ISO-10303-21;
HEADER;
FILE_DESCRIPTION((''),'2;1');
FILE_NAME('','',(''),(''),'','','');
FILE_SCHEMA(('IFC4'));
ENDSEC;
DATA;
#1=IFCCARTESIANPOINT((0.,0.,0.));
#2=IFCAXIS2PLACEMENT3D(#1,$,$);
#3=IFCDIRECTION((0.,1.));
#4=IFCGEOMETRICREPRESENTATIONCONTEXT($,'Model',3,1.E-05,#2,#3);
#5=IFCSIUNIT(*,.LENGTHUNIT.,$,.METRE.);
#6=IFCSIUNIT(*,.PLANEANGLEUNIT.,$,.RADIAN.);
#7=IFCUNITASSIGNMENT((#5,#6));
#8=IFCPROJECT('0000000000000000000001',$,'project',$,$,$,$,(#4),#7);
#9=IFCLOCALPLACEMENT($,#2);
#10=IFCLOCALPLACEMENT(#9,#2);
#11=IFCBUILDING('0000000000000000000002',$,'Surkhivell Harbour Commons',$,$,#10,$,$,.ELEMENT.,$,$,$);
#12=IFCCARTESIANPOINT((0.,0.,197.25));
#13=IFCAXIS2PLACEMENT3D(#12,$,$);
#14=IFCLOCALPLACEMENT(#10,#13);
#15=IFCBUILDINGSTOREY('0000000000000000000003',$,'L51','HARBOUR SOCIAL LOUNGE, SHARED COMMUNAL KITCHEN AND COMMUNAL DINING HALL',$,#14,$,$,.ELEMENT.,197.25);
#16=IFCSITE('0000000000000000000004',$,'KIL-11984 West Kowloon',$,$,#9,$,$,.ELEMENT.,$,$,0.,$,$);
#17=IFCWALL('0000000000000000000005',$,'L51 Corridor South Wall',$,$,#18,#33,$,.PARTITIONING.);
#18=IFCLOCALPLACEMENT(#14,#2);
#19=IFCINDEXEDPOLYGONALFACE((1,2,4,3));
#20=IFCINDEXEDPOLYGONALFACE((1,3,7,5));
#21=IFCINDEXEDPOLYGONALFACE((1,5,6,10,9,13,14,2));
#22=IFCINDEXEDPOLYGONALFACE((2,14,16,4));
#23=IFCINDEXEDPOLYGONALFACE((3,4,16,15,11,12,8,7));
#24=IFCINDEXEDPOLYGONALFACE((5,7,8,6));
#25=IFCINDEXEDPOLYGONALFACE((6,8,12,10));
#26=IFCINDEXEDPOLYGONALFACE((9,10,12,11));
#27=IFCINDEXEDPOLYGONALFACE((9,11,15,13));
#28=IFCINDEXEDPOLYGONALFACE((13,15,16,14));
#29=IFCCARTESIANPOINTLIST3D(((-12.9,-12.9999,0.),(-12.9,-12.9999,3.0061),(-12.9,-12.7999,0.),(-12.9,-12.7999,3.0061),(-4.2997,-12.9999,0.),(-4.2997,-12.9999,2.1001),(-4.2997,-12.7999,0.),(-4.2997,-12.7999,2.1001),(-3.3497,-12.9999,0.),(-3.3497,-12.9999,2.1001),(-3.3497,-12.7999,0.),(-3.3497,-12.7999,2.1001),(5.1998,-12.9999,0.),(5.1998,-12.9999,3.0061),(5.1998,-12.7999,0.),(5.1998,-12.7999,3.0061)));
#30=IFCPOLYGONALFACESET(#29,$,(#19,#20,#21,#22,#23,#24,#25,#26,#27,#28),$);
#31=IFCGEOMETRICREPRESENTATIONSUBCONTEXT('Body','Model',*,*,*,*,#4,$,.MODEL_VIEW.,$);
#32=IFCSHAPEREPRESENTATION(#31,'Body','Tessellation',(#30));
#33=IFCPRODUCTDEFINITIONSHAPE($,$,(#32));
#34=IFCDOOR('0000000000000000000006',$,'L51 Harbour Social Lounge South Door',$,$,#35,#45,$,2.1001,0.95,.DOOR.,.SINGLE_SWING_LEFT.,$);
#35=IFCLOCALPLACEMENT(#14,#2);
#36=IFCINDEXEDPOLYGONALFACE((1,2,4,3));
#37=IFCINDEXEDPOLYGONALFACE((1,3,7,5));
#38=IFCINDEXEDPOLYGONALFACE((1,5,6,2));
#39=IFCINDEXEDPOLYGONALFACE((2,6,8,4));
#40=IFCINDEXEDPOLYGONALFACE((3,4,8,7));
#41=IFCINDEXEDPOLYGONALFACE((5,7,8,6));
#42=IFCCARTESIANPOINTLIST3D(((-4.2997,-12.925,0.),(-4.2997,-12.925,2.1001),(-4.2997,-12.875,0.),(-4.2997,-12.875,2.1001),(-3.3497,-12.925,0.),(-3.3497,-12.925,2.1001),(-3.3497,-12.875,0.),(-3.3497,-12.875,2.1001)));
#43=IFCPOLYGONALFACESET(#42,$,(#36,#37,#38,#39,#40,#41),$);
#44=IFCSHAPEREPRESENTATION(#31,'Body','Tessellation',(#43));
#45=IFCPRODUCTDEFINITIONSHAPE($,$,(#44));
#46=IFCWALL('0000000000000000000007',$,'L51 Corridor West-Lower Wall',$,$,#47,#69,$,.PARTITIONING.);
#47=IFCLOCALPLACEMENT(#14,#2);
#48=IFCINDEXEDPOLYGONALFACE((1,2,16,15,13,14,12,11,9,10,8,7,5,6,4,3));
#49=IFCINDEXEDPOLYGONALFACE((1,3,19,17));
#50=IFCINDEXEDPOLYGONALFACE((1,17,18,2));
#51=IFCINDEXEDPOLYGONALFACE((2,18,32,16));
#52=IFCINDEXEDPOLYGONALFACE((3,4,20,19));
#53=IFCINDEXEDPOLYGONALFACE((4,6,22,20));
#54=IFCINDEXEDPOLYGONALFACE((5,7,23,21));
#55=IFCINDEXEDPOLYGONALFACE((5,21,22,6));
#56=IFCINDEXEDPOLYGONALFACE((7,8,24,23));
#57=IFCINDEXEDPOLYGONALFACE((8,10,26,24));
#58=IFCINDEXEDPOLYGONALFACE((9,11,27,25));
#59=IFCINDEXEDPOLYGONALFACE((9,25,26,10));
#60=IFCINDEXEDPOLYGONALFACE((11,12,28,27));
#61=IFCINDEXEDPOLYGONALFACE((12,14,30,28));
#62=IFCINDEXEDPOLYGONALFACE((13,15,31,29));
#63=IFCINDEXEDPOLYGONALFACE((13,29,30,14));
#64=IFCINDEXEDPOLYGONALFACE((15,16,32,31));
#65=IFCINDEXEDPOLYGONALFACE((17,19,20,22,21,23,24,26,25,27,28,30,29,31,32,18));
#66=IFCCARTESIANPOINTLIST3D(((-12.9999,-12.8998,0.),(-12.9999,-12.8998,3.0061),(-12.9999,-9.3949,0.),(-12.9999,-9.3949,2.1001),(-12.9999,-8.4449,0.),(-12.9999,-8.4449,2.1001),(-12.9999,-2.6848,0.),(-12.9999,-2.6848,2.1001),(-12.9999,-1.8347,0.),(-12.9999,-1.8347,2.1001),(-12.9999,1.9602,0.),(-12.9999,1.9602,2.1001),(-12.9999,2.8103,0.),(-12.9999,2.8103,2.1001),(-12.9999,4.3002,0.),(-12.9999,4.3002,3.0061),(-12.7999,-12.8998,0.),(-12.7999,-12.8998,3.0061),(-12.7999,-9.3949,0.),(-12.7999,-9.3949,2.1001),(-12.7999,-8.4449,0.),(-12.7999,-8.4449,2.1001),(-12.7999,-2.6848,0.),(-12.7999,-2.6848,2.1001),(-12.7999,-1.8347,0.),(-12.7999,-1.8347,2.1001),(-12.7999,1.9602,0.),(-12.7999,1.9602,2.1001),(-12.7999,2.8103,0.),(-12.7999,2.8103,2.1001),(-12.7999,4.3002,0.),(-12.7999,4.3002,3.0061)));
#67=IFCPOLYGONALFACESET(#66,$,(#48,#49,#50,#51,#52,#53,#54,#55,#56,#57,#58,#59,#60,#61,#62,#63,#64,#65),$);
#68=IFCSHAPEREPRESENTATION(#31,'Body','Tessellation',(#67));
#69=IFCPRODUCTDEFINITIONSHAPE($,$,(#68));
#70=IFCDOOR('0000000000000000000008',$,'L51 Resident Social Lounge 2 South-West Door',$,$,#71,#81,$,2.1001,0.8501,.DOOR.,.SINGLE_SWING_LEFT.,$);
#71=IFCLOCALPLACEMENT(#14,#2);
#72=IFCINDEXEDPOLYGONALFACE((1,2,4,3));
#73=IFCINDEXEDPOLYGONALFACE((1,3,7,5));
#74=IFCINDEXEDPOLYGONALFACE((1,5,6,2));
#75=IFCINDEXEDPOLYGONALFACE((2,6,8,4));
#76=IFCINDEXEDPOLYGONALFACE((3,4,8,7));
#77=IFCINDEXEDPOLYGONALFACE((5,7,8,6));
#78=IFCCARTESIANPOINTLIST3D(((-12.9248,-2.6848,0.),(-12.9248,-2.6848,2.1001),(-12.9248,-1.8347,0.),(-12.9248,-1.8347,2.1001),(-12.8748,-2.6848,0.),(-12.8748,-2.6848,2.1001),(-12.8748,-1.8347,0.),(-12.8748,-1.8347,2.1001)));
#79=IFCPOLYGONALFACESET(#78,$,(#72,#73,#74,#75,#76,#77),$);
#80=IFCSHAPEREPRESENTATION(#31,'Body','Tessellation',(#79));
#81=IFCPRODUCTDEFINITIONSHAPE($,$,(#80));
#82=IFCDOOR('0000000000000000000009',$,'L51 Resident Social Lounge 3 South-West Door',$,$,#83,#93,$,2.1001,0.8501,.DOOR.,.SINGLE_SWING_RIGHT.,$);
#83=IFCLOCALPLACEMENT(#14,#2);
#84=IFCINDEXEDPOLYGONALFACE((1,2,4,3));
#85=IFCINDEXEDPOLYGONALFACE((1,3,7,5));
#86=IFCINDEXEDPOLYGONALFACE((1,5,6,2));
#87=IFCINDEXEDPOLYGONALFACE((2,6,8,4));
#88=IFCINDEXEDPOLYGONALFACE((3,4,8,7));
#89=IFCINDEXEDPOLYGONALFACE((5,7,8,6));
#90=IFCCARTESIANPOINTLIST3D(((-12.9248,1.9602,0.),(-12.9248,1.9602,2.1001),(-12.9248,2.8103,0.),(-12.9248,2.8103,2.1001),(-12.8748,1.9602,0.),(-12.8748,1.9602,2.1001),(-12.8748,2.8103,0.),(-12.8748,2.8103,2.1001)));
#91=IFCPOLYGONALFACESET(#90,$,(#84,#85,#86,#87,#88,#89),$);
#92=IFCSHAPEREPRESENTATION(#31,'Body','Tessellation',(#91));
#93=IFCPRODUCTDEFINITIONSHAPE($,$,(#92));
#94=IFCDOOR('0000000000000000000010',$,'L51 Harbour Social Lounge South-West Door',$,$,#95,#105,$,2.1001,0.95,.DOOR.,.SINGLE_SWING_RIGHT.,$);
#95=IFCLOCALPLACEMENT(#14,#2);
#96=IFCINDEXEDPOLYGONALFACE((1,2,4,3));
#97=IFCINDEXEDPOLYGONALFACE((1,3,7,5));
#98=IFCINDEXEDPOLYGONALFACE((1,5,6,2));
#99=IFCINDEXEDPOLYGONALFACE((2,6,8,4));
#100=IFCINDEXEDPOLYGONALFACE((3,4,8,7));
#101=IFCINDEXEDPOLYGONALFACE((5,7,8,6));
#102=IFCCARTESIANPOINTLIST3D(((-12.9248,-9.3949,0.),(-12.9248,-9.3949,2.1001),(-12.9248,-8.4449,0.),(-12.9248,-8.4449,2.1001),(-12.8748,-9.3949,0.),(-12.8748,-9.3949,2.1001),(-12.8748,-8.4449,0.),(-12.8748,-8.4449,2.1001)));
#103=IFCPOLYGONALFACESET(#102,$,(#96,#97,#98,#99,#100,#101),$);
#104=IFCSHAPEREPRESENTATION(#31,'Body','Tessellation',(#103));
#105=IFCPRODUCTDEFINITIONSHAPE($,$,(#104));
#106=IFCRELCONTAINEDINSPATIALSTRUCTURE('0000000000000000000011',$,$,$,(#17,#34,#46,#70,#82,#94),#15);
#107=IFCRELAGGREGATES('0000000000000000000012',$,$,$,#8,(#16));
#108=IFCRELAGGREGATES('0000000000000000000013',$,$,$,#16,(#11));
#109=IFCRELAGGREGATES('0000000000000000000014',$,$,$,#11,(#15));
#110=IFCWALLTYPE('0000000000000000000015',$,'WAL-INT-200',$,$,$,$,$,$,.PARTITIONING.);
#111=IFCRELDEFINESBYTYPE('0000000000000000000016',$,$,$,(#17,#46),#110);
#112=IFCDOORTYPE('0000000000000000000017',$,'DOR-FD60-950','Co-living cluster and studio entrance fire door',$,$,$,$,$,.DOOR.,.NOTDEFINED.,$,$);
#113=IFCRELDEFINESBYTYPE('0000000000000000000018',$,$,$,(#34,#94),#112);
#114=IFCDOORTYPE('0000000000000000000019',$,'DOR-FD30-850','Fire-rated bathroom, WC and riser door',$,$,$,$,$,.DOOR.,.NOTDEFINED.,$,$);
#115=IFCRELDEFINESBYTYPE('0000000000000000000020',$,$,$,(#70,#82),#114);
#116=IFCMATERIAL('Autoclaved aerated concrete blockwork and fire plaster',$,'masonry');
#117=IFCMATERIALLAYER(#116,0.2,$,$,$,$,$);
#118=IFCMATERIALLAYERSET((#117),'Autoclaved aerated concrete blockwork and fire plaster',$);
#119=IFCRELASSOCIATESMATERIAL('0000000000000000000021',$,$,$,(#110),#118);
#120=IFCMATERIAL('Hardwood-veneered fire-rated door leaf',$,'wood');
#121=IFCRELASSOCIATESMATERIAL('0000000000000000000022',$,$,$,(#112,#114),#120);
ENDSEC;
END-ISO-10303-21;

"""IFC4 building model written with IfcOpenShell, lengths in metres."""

from ifc_helpers import new_model, si_unit, direction, frame, frame_2d, origin, place, context, subcontext, project, spatial, rectangle, extrude, material, layer, layer_set, type_object, element, fill, save


model = new_model("IFC4")

# Units and contexts
model_context = context("Model", 3, precision=1e-05, world=origin(), true_north=direction((0.0, 1.0)))
body_context = subcontext(model_context, "Body", "Model", "MODEL_VIEW")
ifc_project = project(units=[si_unit("LENGTHUNIT", "METRE"), si_unit("PLANEANGLEUNIT", "RADIAN")], contexts=[model_context])

# Site, building, storey
site_placement = place(None, origin())
site = spatial("IfcSite", under=ifc_project, at=site_placement, Name="KIL-11984 West Kowloon", CompositionType="ELEMENT", RefElevation=0.0)
building_placement = place(site_placement, origin())
building = spatial("IfcBuilding", under=site, at=building_placement, Name="Surkhivell Harbour Commons", CompositionType="ELEMENT")
storey_placement = place(building_placement, frame((0.0, 0.0, 197.25)))
storey = spatial("IfcBuildingStorey", under=building, at=storey_placement, Name="L51", Description="HARBOUR SOCIAL LOUNGE, SHARED COMMUNAL KITCHEN AND COMMUNAL DINING HALL", CompositionType="ELEMENT", Elevation=197.25)

# Wall, opening, door
ifc_material_1 = material(Name="Autoclaved aerated concrete blockwork and fire plaster", Category="masonry")
ifc_layer_1 = layer(ifc_material_1, 0.2)
ifc_layer_set_1 = layer_set([ifc_layer_1], Name="Autoclaved aerated concrete blockwork and fire plaster")
wall_type_1 = type_object("IfcWallType", Name="WAL-INT-200", PredefinedType="PARTITIONING", material=ifc_layer_set_1)
wall_1_placement = place(storey_placement, frame((-12.8999, -12.8999, 0.0), z_axis=(0.0, 0.0, 1.0), x_axis=(1.0, 0.0, 0.0)))
wall_1 = element("IfcWall", 1, at=wall_1_placement, inside=storey, type_object=wall_type_1, Name="L51 Corridor South Wall", PredefinedType="PARTITIONING", context=body_context, shape_type="SweptSolid", body=[
    extrude(rectangle(XDim=18.0999, YDim=0.2, at=frame_2d((9.0498, 0.0))), origin(), (0.0, 0.0, 1.0), 3.0061),
])
opening_1_placement = place(wall_1_placement, frame((8.6001, 0.0, 0.0)))
opening_1 = element("IfcOpeningElement", 2, at=opening_1_placement, cuts=wall_1, PredefinedType="OPENING", context=body_context, shape_type="SweptSolid", body=[
    extrude(rectangle(XDim=0.95, YDim=2.1001, at=frame_2d((0.4751, 1.05))), frame((0.0, 0.1099, 0.0), z_axis=(0.0, -1.0, 0.0), x_axis=(1.0, 0.0, 0.0)), (0.0, 0.0, 1.0), 0.22),
])
ifc_material_2 = material(Name="Hardwood-veneered fire-rated door leaf", Category="wood")
door_type_1 = type_object("IfcDoorType", Name="DOR-FD60-950", Description="Co-living cluster and studio entrance fire door", OperationType="NOTDEFINED", PredefinedType="DOOR", material=ifc_material_2)
door_1_placement = place(opening_1_placement, origin())
door_1 = element("IfcDoor", 3, at=door_1_placement, inside=storey, type_object=door_type_1, Name="L51 Harbour Social Lounge South Door", OperationType="SINGLE_SWING_LEFT", OverallHeight=2.1001, OverallWidth=0.95, PredefinedType="DOOR", context=body_context, shape_type="SweptSolid", body=[
    extrude(rectangle(XDim=0.95, YDim=2.1001, at=frame_2d((0.4751, 1.05))), frame((0.0, 0.0249, 0.0), z_axis=(0.0, -1.0, 0.0), x_axis=(1.0, 0.0, 0.0)), (0.0, 0.0, 1.0), 0.05),
])
fill(opening_1, door_1)

# Wall, openings, doors
wall_2_placement = place(storey_placement, frame((-12.8999, -12.8999, 0.0), z_axis=(0.0, 0.0, 1.0), x_axis=(0.0, 1.0, 0.0)))
wall_2 = element("IfcWall", 4, at=wall_2_placement, inside=storey, type_object=wall_type_1, Name="L51 Corridor West-Lower Wall", PredefinedType="PARTITIONING", context=body_context, shape_type="SweptSolid", body=[
    extrude(rectangle(XDim=17.2, YDim=0.2, at=frame_2d((8.6001, 0.0))), origin(), (0.0, 0.0, 1.0), 3.0061),
])
opening_2_placement = place(wall_2_placement, frame((3.5049, 0.0, 0.0)))
opening_2 = element("IfcOpeningElement", 5, at=opening_2_placement, cuts=wall_2, PredefinedType="OPENING", context=body_context, shape_type="SweptSolid", body=[
    extrude(rectangle(XDim=0.95, YDim=2.1001, at=frame_2d((0.4751, 1.05))), frame((0.0, 0.1099, 0.0), z_axis=(0.0, -1.0, 0.0), x_axis=(1.0, 0.0, 0.0)), (0.0, 0.0, 1.0), 0.22),
])
opening_3_placement = place(wall_2_placement, frame((10.2151, 0.0, 0.0)))
opening_3 = element("IfcOpeningElement", 6, at=opening_3_placement, cuts=wall_2, PredefinedType="OPENING", context=body_context, shape_type="SweptSolid", body=[
    extrude(rectangle(XDim=0.8501, YDim=2.1001, at=frame_2d((0.425, 1.05))), frame((0.0, 0.1099, 0.0), z_axis=(0.0, -1.0, 0.0), x_axis=(1.0, 0.0, 0.0)), (0.0, 0.0, 1.0), 0.22),
])
opening_4_placement = place(wall_2_placement, frame((14.8601, 0.0, 0.0)))
opening_4 = element("IfcOpeningElement", 7, at=opening_4_placement, cuts=wall_2, PredefinedType="OPENING", context=body_context, shape_type="SweptSolid", body=[
    extrude(rectangle(XDim=0.8501, YDim=2.1001, at=frame_2d((0.425, 1.05))), frame((0.0, 0.1099, 0.0), z_axis=(0.0, -1.0, 0.0), x_axis=(1.0, 0.0, 0.0)), (0.0, 0.0, 1.0), 0.22),
])
door_type_2 = type_object("IfcDoorType", Name="DOR-FD30-850", Description="Fire-rated bathroom, WC and riser door", OperationType="NOTDEFINED", PredefinedType="DOOR", material=ifc_material_2)
door_2_placement = place(opening_3_placement, origin())
door_2 = element("IfcDoor", 8, at=door_2_placement, inside=storey, type_object=door_type_2, Name="L51 Resident Social Lounge 2 South-West Door", OperationType="SINGLE_SWING_LEFT", OverallHeight=2.1001, OverallWidth=0.8501, PredefinedType="DOOR", context=body_context, shape_type="SweptSolid", body=[
    extrude(rectangle(XDim=0.8501, YDim=2.1001, at=frame_2d((0.425, 1.05))), frame((0.0, 0.0249, 0.0), z_axis=(0.0, -1.0, 0.0), x_axis=(1.0, 0.0, 0.0)), (0.0, 0.0, 1.0), 0.05),
])
fill(opening_3, door_2)
door_3_placement = place(opening_4_placement, origin())
door_3 = element("IfcDoor", 9, at=door_3_placement, inside=storey, type_object=door_type_2, Name="L51 Resident Social Lounge 3 South-West Door", OperationType="SINGLE_SWING_RIGHT", OverallHeight=2.1001, OverallWidth=0.8501, PredefinedType="DOOR", context=body_context, shape_type="SweptSolid", body=[
    extrude(rectangle(XDim=0.8501, YDim=2.1001, at=frame_2d((0.425, 1.05))), frame((0.0, 0.0249, 0.0), z_axis=(0.0, -1.0, 0.0), x_axis=(1.0, 0.0, 0.0)), (0.0, 0.0, 1.0), 0.05),
])
fill(opening_4, door_3)
door_4_placement = place(opening_2_placement, origin())
door_4 = element("IfcDoor", 10, at=door_4_placement, inside=storey, type_object=door_type_1, Name="L51 Harbour Social Lounge South-West Door", OperationType="SINGLE_SWING_RIGHT", OverallHeight=2.1001, OverallWidth=0.95, PredefinedType="DOOR", context=body_context, shape_type="SweptSolid", body=[
    extrude(rectangle(XDim=0.95, YDim=2.1001, at=frame_2d((0.4751, 1.05))), frame((0.0, 0.0249, 0.0), z_axis=(0.0, -1.0, 0.0), x_axis=(1.0, 0.0, 0.0)), (0.0, 0.0, 1.0), 0.05),
])
fill(opening_2, door_4)

save(model, "model.ifc")
